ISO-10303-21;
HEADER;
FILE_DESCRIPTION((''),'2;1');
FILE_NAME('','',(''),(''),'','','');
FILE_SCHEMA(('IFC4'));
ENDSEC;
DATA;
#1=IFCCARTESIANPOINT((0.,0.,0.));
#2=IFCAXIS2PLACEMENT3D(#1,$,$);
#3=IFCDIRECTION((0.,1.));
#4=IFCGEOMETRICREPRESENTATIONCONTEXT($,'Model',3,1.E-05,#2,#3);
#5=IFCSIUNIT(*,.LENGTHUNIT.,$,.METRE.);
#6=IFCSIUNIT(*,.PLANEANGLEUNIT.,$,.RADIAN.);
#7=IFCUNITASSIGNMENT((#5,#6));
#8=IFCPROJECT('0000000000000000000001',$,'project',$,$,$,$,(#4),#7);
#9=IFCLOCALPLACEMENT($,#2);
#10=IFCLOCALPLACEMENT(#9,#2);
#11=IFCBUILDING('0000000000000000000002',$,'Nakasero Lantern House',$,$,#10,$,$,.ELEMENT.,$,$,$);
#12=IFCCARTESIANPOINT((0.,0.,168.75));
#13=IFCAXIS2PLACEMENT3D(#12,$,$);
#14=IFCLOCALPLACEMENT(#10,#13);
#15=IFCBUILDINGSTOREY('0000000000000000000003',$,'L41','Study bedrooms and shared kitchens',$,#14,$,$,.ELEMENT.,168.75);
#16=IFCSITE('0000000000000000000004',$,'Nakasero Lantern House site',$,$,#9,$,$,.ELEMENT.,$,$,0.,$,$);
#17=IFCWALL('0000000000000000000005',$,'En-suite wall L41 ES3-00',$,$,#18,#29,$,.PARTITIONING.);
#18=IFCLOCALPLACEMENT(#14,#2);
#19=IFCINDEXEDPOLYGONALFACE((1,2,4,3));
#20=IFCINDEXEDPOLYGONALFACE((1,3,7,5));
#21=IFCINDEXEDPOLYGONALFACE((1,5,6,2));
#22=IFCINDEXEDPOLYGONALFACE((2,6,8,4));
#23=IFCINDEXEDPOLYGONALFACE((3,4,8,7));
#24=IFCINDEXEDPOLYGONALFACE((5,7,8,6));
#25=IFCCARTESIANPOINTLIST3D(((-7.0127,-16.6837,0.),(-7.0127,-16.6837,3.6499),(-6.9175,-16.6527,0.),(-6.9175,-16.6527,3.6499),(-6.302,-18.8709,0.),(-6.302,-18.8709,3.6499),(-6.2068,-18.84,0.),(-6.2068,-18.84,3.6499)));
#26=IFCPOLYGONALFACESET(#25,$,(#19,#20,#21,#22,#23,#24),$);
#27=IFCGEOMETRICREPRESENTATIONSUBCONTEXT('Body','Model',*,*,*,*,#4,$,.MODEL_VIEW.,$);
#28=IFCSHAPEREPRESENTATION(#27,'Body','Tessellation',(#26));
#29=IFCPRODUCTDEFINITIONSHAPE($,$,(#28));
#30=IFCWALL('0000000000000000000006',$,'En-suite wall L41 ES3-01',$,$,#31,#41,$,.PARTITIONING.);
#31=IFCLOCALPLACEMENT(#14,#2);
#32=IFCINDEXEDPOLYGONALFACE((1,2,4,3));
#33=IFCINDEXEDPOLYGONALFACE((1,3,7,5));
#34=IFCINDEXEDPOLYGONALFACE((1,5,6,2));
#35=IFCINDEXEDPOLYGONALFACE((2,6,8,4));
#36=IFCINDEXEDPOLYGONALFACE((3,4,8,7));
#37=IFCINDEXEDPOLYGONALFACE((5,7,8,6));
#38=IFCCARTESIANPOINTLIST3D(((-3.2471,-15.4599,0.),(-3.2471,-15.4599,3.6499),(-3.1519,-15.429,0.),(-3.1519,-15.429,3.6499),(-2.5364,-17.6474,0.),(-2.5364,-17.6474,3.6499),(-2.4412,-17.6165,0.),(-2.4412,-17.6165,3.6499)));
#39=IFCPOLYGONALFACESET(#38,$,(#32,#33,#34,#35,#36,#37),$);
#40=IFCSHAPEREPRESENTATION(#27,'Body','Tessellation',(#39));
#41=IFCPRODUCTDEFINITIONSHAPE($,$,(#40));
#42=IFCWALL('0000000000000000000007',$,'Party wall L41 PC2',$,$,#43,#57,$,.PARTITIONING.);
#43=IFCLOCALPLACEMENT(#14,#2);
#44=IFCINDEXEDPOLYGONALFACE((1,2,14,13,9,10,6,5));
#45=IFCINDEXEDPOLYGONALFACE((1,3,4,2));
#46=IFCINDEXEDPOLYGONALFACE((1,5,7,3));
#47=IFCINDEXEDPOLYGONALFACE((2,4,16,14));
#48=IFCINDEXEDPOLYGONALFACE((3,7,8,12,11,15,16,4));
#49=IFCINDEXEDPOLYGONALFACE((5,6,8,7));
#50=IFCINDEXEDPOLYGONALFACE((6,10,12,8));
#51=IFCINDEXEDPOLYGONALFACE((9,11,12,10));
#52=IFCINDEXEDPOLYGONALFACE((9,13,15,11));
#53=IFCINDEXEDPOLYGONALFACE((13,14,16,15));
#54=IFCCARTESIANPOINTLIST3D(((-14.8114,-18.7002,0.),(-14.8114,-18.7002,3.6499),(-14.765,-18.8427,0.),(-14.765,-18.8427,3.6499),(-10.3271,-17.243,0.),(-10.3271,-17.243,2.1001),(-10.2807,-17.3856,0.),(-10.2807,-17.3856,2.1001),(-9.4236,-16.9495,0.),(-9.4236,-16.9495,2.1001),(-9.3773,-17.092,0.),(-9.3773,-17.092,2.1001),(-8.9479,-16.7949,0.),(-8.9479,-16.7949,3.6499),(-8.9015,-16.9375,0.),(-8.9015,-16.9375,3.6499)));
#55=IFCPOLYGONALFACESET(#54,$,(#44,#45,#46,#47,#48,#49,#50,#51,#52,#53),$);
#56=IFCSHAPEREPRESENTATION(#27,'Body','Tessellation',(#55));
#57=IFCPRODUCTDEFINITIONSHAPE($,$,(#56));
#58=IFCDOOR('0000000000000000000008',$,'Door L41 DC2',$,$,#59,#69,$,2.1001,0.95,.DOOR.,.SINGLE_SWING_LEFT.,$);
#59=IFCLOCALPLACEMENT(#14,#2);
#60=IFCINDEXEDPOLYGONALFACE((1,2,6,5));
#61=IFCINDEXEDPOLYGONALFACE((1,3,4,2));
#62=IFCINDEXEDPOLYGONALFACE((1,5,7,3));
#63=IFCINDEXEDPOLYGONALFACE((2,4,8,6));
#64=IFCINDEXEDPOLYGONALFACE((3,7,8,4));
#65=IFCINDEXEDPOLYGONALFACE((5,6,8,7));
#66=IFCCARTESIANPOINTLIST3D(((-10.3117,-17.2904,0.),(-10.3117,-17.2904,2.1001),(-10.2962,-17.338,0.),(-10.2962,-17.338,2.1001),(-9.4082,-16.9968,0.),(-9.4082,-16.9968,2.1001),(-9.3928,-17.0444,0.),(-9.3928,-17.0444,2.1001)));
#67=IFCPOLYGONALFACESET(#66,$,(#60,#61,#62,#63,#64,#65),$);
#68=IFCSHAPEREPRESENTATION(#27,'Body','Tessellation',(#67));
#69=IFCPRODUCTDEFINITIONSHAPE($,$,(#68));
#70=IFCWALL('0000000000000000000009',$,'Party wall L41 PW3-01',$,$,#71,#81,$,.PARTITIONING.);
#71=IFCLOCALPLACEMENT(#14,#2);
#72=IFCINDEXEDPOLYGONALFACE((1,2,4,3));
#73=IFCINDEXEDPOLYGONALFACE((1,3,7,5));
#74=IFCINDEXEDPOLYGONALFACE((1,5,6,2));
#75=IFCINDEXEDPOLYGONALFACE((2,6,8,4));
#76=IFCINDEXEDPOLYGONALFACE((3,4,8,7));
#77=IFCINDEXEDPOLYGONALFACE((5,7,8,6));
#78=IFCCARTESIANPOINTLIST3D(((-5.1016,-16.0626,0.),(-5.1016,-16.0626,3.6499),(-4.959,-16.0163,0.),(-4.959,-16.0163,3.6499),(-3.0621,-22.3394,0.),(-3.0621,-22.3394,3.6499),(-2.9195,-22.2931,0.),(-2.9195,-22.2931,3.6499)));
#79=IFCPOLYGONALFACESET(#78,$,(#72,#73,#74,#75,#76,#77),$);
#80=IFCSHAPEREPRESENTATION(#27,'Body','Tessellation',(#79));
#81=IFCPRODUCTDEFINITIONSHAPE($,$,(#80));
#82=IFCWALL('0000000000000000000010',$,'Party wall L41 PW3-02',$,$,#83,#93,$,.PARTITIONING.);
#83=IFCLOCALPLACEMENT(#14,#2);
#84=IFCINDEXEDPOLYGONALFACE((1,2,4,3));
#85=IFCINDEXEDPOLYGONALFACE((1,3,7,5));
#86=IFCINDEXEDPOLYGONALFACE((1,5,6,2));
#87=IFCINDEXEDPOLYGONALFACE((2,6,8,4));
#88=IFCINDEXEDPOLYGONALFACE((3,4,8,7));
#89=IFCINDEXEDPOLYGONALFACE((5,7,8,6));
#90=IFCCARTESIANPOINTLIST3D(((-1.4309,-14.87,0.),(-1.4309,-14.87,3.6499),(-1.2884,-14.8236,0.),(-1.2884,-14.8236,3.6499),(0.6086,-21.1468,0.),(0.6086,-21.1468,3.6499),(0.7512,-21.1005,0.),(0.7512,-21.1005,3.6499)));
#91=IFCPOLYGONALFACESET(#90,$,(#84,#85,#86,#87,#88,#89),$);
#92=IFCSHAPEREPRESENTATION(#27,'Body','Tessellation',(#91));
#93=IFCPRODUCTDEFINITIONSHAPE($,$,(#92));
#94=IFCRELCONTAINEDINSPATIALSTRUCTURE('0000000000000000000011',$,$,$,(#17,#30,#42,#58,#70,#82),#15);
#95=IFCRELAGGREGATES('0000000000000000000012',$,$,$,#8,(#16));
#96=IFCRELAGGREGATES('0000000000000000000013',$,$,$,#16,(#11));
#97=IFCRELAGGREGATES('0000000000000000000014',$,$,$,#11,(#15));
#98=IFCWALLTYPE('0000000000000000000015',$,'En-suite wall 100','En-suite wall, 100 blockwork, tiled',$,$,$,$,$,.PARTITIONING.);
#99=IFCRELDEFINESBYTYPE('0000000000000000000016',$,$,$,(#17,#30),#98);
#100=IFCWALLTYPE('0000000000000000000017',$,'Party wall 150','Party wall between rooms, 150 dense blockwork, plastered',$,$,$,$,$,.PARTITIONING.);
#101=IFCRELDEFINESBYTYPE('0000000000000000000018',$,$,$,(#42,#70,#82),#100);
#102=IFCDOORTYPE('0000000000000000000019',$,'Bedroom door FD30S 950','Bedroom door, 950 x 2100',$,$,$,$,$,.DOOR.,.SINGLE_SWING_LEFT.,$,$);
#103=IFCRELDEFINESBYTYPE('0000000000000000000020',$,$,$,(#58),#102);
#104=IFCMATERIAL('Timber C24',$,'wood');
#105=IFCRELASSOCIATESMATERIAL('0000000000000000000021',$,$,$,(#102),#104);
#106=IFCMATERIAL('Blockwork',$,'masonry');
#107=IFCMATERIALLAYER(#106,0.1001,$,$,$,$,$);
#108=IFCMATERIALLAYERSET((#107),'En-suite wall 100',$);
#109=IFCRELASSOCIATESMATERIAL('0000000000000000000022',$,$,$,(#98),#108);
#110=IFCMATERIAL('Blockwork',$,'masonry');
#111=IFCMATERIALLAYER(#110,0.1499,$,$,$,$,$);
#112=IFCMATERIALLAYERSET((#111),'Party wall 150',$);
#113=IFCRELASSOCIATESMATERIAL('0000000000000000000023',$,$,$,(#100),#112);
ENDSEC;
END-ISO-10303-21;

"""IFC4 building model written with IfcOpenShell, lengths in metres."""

from ifc_helpers import new_model, si_unit, direction, frame, frame_2d, origin, place, context, subcontext, project, spatial, rectangle, extrude, material, layer, layer_set, type_object, element, fill, save


model = new_model("IFC4")

# Units and contexts
model_context = context("Model", 3, precision=1e-05, world=origin(), true_north=direction((0.0, 1.0)))
body_context = subcontext(model_context, "Body", "Model", "MODEL_VIEW")
ifc_project = project(units=[si_unit("LENGTHUNIT", "METRE"), si_unit("PLANEANGLEUNIT", "RADIAN")], contexts=[model_context])

# Site, building, storey
site_placement = place(None, origin())
site = spatial("IfcSite", under=ifc_project, at=site_placement, Name="Nakasero Lantern House site", CompositionType="ELEMENT", RefElevation=0.0)
building_placement = place(site_placement, origin())
building = spatial("IfcBuilding", under=site, at=building_placement, Name="Nakasero Lantern House", CompositionType="ELEMENT")
storey_placement = place(building_placement, frame((0.0, 0.0, 168.75)))
storey = spatial("IfcBuildingStorey", under=building, at=storey_placement, Name="L41", Description="Study bedrooms and shared kitchens", CompositionType="ELEMENT", Elevation=168.75)

# Shared definitions
ifc_material_1 = material(Name="Timber C24", Category="wood")
door_type_1 = type_object("IfcDoorType", Name="Bedroom door FD30S 950", Description="Bedroom door, 950 x 2100", OperationType="SINGLE_SWING_LEFT", PredefinedType="DOOR", material=ifc_material_1)

# Walls
ifc_material_2 = material(Name="Blockwork", Category="masonry")
ifc_layer_1 = layer(ifc_material_2, 0.1001)
ifc_layer_set_1 = layer_set([ifc_layer_1], Name="En-suite wall 100")
wall_type_1 = type_object("IfcWallType", Name="En-suite wall 100", Description="En-suite wall, 100 blockwork, tiled", PredefinedType="PARTITIONING", material=ifc_layer_set_1)
wall_1_placement = place(storey_placement, frame((-6.9651, -16.6682, 0.0), z_axis=(0.0, 0.0, 1.0), x_axis=(0.309021, -0.951055, 0.0)))
element("IfcWall", 1, at=wall_1_placement, inside=storey, type_object=wall_type_1, Name="En-suite wall L41 ES3-00", PredefinedType="PARTITIONING", context=body_context, shape_type="SweptSolid", body=[
    extrude(rectangle(XDim=2.2998, YDim=0.1001, at=frame_2d((1.1499, 0.0))), origin(), (0.0, 0.0, 1.0), 3.6499),
])
wall_2_placement = place(storey_placement, frame((-3.1995, -15.4446, 0.0), z_axis=(0.0, 0.0, 1.0), x_axis=(0.30899, -0.951065, 0.0)))
element("IfcWall", 2, at=wall_2_placement, inside=storey, type_object=wall_type_1, Name="En-suite wall L41 ES3-01", PredefinedType="PARTITIONING", context=body_context, shape_type="SweptSolid", body=[
    extrude(rectangle(XDim=2.3, YDim=0.1001, at=frame_2d((1.1499, 0.0))), origin(), (0.0, 0.0, 1.0), 3.6499),
])

# Wall, opening, door
ifc_material_3 = material(Name="Blockwork", Category="masonry")
ifc_layer_2 = layer(ifc_material_3, 0.1499)
ifc_layer_set_2 = layer_set([ifc_layer_2], Name="Party wall 150")
wall_type_2 = type_object("IfcWallType", Name="Party wall 150", Description="Party wall between rooms, 150 dense blockwork, plastered", PredefinedType="PARTITIONING", material=ifc_layer_set_2)
wall_3_placement = place(storey_placement, frame((-8.9248, -16.8662, 0.0), z_axis=(0.0, 0.0, 1.0), x_axis=(-0.951052, -0.309031, 0.0)))
wall_3 = element("IfcWall", 3, at=wall_3_placement, inside=storey, type_object=wall_type_2, Name="Party wall L41 PC2", PredefinedType="PARTITIONING", context=body_context, shape_type="SweptSolid", body=[
    extrude(rectangle(XDim=6.1653, YDim=0.1499, at=frame_2d((3.0825, 0.0))), origin(), (0.0, 0.0, 1.0), 3.6499),
])
opening_1_placement = place(wall_3_placement, frame((0.5, 0.0, 0.0)))
opening_1 = element("IfcOpeningElement", 4, at=opening_1_placement, cuts=wall_3, PredefinedType="OPENING", context=body_context, shape_type="SweptSolid", body=[
    extrude(rectangle(XDim=0.95, YDim=2.1001, at=frame_2d((0.4751, 1.05))), frame((0.0, 0.095, 0.0), z_axis=(0.0, -1.0, 0.0), x_axis=(1.0, 0.0, 0.0)), (0.0, 0.0, 1.0), 0.1899),
])
door_1_placement = place(opening_1_placement, origin())
door_1 = element("IfcDoor", 5, at=door_1_placement, inside=storey, type_object=door_type_1, Name="Door L41 DC2", OperationType="SINGLE_SWING_LEFT", OverallHeight=2.1001, OverallWidth=0.95, PredefinedType="DOOR", context=body_context, shape_type="SweptSolid", body=[
    extrude(rectangle(XDim=0.95, YDim=2.1001, at=frame_2d((0.4751, 1.05))), frame((0.0, 0.0249, 0.0), z_axis=(0.0, -1.0, 0.0), x_axis=(1.0, 0.0, 0.0)), (0.0, 0.0, 1.0), 0.05),
])
fill(opening_1, door_1)

# Walls
for number, where, z_axis, x_axis, name in (
    (6, (-5.0303, -16.0396, 0.0), (0.0, 0.0, 1.0), (0.309028, -0.951053, 0.0), "Party wall L41 PW3-01"),
    (7, (-1.3596, -14.8469, 0.0), (0.0, 0.0, 1.0), (0.309028, -0.951053, 0.0), "Party wall L41 PW3-02"),
):
    element("IfcWall", number, at=place(storey_placement, frame(where, z_axis=z_axis, x_axis=x_axis)), inside=storey, type_object=wall_type_2, Name=name, PredefinedType="PARTITIONING", context=body_context, shape_type="SweptSolid", body=[
        extrude(rectangle(XDim=6.5999, YDim=0.1499, at=frame_2d((3.2998, 0.0))), origin(), (0.0, 0.0, 1.0), 3.6499),
    ])

save(model, "model.ifc")
